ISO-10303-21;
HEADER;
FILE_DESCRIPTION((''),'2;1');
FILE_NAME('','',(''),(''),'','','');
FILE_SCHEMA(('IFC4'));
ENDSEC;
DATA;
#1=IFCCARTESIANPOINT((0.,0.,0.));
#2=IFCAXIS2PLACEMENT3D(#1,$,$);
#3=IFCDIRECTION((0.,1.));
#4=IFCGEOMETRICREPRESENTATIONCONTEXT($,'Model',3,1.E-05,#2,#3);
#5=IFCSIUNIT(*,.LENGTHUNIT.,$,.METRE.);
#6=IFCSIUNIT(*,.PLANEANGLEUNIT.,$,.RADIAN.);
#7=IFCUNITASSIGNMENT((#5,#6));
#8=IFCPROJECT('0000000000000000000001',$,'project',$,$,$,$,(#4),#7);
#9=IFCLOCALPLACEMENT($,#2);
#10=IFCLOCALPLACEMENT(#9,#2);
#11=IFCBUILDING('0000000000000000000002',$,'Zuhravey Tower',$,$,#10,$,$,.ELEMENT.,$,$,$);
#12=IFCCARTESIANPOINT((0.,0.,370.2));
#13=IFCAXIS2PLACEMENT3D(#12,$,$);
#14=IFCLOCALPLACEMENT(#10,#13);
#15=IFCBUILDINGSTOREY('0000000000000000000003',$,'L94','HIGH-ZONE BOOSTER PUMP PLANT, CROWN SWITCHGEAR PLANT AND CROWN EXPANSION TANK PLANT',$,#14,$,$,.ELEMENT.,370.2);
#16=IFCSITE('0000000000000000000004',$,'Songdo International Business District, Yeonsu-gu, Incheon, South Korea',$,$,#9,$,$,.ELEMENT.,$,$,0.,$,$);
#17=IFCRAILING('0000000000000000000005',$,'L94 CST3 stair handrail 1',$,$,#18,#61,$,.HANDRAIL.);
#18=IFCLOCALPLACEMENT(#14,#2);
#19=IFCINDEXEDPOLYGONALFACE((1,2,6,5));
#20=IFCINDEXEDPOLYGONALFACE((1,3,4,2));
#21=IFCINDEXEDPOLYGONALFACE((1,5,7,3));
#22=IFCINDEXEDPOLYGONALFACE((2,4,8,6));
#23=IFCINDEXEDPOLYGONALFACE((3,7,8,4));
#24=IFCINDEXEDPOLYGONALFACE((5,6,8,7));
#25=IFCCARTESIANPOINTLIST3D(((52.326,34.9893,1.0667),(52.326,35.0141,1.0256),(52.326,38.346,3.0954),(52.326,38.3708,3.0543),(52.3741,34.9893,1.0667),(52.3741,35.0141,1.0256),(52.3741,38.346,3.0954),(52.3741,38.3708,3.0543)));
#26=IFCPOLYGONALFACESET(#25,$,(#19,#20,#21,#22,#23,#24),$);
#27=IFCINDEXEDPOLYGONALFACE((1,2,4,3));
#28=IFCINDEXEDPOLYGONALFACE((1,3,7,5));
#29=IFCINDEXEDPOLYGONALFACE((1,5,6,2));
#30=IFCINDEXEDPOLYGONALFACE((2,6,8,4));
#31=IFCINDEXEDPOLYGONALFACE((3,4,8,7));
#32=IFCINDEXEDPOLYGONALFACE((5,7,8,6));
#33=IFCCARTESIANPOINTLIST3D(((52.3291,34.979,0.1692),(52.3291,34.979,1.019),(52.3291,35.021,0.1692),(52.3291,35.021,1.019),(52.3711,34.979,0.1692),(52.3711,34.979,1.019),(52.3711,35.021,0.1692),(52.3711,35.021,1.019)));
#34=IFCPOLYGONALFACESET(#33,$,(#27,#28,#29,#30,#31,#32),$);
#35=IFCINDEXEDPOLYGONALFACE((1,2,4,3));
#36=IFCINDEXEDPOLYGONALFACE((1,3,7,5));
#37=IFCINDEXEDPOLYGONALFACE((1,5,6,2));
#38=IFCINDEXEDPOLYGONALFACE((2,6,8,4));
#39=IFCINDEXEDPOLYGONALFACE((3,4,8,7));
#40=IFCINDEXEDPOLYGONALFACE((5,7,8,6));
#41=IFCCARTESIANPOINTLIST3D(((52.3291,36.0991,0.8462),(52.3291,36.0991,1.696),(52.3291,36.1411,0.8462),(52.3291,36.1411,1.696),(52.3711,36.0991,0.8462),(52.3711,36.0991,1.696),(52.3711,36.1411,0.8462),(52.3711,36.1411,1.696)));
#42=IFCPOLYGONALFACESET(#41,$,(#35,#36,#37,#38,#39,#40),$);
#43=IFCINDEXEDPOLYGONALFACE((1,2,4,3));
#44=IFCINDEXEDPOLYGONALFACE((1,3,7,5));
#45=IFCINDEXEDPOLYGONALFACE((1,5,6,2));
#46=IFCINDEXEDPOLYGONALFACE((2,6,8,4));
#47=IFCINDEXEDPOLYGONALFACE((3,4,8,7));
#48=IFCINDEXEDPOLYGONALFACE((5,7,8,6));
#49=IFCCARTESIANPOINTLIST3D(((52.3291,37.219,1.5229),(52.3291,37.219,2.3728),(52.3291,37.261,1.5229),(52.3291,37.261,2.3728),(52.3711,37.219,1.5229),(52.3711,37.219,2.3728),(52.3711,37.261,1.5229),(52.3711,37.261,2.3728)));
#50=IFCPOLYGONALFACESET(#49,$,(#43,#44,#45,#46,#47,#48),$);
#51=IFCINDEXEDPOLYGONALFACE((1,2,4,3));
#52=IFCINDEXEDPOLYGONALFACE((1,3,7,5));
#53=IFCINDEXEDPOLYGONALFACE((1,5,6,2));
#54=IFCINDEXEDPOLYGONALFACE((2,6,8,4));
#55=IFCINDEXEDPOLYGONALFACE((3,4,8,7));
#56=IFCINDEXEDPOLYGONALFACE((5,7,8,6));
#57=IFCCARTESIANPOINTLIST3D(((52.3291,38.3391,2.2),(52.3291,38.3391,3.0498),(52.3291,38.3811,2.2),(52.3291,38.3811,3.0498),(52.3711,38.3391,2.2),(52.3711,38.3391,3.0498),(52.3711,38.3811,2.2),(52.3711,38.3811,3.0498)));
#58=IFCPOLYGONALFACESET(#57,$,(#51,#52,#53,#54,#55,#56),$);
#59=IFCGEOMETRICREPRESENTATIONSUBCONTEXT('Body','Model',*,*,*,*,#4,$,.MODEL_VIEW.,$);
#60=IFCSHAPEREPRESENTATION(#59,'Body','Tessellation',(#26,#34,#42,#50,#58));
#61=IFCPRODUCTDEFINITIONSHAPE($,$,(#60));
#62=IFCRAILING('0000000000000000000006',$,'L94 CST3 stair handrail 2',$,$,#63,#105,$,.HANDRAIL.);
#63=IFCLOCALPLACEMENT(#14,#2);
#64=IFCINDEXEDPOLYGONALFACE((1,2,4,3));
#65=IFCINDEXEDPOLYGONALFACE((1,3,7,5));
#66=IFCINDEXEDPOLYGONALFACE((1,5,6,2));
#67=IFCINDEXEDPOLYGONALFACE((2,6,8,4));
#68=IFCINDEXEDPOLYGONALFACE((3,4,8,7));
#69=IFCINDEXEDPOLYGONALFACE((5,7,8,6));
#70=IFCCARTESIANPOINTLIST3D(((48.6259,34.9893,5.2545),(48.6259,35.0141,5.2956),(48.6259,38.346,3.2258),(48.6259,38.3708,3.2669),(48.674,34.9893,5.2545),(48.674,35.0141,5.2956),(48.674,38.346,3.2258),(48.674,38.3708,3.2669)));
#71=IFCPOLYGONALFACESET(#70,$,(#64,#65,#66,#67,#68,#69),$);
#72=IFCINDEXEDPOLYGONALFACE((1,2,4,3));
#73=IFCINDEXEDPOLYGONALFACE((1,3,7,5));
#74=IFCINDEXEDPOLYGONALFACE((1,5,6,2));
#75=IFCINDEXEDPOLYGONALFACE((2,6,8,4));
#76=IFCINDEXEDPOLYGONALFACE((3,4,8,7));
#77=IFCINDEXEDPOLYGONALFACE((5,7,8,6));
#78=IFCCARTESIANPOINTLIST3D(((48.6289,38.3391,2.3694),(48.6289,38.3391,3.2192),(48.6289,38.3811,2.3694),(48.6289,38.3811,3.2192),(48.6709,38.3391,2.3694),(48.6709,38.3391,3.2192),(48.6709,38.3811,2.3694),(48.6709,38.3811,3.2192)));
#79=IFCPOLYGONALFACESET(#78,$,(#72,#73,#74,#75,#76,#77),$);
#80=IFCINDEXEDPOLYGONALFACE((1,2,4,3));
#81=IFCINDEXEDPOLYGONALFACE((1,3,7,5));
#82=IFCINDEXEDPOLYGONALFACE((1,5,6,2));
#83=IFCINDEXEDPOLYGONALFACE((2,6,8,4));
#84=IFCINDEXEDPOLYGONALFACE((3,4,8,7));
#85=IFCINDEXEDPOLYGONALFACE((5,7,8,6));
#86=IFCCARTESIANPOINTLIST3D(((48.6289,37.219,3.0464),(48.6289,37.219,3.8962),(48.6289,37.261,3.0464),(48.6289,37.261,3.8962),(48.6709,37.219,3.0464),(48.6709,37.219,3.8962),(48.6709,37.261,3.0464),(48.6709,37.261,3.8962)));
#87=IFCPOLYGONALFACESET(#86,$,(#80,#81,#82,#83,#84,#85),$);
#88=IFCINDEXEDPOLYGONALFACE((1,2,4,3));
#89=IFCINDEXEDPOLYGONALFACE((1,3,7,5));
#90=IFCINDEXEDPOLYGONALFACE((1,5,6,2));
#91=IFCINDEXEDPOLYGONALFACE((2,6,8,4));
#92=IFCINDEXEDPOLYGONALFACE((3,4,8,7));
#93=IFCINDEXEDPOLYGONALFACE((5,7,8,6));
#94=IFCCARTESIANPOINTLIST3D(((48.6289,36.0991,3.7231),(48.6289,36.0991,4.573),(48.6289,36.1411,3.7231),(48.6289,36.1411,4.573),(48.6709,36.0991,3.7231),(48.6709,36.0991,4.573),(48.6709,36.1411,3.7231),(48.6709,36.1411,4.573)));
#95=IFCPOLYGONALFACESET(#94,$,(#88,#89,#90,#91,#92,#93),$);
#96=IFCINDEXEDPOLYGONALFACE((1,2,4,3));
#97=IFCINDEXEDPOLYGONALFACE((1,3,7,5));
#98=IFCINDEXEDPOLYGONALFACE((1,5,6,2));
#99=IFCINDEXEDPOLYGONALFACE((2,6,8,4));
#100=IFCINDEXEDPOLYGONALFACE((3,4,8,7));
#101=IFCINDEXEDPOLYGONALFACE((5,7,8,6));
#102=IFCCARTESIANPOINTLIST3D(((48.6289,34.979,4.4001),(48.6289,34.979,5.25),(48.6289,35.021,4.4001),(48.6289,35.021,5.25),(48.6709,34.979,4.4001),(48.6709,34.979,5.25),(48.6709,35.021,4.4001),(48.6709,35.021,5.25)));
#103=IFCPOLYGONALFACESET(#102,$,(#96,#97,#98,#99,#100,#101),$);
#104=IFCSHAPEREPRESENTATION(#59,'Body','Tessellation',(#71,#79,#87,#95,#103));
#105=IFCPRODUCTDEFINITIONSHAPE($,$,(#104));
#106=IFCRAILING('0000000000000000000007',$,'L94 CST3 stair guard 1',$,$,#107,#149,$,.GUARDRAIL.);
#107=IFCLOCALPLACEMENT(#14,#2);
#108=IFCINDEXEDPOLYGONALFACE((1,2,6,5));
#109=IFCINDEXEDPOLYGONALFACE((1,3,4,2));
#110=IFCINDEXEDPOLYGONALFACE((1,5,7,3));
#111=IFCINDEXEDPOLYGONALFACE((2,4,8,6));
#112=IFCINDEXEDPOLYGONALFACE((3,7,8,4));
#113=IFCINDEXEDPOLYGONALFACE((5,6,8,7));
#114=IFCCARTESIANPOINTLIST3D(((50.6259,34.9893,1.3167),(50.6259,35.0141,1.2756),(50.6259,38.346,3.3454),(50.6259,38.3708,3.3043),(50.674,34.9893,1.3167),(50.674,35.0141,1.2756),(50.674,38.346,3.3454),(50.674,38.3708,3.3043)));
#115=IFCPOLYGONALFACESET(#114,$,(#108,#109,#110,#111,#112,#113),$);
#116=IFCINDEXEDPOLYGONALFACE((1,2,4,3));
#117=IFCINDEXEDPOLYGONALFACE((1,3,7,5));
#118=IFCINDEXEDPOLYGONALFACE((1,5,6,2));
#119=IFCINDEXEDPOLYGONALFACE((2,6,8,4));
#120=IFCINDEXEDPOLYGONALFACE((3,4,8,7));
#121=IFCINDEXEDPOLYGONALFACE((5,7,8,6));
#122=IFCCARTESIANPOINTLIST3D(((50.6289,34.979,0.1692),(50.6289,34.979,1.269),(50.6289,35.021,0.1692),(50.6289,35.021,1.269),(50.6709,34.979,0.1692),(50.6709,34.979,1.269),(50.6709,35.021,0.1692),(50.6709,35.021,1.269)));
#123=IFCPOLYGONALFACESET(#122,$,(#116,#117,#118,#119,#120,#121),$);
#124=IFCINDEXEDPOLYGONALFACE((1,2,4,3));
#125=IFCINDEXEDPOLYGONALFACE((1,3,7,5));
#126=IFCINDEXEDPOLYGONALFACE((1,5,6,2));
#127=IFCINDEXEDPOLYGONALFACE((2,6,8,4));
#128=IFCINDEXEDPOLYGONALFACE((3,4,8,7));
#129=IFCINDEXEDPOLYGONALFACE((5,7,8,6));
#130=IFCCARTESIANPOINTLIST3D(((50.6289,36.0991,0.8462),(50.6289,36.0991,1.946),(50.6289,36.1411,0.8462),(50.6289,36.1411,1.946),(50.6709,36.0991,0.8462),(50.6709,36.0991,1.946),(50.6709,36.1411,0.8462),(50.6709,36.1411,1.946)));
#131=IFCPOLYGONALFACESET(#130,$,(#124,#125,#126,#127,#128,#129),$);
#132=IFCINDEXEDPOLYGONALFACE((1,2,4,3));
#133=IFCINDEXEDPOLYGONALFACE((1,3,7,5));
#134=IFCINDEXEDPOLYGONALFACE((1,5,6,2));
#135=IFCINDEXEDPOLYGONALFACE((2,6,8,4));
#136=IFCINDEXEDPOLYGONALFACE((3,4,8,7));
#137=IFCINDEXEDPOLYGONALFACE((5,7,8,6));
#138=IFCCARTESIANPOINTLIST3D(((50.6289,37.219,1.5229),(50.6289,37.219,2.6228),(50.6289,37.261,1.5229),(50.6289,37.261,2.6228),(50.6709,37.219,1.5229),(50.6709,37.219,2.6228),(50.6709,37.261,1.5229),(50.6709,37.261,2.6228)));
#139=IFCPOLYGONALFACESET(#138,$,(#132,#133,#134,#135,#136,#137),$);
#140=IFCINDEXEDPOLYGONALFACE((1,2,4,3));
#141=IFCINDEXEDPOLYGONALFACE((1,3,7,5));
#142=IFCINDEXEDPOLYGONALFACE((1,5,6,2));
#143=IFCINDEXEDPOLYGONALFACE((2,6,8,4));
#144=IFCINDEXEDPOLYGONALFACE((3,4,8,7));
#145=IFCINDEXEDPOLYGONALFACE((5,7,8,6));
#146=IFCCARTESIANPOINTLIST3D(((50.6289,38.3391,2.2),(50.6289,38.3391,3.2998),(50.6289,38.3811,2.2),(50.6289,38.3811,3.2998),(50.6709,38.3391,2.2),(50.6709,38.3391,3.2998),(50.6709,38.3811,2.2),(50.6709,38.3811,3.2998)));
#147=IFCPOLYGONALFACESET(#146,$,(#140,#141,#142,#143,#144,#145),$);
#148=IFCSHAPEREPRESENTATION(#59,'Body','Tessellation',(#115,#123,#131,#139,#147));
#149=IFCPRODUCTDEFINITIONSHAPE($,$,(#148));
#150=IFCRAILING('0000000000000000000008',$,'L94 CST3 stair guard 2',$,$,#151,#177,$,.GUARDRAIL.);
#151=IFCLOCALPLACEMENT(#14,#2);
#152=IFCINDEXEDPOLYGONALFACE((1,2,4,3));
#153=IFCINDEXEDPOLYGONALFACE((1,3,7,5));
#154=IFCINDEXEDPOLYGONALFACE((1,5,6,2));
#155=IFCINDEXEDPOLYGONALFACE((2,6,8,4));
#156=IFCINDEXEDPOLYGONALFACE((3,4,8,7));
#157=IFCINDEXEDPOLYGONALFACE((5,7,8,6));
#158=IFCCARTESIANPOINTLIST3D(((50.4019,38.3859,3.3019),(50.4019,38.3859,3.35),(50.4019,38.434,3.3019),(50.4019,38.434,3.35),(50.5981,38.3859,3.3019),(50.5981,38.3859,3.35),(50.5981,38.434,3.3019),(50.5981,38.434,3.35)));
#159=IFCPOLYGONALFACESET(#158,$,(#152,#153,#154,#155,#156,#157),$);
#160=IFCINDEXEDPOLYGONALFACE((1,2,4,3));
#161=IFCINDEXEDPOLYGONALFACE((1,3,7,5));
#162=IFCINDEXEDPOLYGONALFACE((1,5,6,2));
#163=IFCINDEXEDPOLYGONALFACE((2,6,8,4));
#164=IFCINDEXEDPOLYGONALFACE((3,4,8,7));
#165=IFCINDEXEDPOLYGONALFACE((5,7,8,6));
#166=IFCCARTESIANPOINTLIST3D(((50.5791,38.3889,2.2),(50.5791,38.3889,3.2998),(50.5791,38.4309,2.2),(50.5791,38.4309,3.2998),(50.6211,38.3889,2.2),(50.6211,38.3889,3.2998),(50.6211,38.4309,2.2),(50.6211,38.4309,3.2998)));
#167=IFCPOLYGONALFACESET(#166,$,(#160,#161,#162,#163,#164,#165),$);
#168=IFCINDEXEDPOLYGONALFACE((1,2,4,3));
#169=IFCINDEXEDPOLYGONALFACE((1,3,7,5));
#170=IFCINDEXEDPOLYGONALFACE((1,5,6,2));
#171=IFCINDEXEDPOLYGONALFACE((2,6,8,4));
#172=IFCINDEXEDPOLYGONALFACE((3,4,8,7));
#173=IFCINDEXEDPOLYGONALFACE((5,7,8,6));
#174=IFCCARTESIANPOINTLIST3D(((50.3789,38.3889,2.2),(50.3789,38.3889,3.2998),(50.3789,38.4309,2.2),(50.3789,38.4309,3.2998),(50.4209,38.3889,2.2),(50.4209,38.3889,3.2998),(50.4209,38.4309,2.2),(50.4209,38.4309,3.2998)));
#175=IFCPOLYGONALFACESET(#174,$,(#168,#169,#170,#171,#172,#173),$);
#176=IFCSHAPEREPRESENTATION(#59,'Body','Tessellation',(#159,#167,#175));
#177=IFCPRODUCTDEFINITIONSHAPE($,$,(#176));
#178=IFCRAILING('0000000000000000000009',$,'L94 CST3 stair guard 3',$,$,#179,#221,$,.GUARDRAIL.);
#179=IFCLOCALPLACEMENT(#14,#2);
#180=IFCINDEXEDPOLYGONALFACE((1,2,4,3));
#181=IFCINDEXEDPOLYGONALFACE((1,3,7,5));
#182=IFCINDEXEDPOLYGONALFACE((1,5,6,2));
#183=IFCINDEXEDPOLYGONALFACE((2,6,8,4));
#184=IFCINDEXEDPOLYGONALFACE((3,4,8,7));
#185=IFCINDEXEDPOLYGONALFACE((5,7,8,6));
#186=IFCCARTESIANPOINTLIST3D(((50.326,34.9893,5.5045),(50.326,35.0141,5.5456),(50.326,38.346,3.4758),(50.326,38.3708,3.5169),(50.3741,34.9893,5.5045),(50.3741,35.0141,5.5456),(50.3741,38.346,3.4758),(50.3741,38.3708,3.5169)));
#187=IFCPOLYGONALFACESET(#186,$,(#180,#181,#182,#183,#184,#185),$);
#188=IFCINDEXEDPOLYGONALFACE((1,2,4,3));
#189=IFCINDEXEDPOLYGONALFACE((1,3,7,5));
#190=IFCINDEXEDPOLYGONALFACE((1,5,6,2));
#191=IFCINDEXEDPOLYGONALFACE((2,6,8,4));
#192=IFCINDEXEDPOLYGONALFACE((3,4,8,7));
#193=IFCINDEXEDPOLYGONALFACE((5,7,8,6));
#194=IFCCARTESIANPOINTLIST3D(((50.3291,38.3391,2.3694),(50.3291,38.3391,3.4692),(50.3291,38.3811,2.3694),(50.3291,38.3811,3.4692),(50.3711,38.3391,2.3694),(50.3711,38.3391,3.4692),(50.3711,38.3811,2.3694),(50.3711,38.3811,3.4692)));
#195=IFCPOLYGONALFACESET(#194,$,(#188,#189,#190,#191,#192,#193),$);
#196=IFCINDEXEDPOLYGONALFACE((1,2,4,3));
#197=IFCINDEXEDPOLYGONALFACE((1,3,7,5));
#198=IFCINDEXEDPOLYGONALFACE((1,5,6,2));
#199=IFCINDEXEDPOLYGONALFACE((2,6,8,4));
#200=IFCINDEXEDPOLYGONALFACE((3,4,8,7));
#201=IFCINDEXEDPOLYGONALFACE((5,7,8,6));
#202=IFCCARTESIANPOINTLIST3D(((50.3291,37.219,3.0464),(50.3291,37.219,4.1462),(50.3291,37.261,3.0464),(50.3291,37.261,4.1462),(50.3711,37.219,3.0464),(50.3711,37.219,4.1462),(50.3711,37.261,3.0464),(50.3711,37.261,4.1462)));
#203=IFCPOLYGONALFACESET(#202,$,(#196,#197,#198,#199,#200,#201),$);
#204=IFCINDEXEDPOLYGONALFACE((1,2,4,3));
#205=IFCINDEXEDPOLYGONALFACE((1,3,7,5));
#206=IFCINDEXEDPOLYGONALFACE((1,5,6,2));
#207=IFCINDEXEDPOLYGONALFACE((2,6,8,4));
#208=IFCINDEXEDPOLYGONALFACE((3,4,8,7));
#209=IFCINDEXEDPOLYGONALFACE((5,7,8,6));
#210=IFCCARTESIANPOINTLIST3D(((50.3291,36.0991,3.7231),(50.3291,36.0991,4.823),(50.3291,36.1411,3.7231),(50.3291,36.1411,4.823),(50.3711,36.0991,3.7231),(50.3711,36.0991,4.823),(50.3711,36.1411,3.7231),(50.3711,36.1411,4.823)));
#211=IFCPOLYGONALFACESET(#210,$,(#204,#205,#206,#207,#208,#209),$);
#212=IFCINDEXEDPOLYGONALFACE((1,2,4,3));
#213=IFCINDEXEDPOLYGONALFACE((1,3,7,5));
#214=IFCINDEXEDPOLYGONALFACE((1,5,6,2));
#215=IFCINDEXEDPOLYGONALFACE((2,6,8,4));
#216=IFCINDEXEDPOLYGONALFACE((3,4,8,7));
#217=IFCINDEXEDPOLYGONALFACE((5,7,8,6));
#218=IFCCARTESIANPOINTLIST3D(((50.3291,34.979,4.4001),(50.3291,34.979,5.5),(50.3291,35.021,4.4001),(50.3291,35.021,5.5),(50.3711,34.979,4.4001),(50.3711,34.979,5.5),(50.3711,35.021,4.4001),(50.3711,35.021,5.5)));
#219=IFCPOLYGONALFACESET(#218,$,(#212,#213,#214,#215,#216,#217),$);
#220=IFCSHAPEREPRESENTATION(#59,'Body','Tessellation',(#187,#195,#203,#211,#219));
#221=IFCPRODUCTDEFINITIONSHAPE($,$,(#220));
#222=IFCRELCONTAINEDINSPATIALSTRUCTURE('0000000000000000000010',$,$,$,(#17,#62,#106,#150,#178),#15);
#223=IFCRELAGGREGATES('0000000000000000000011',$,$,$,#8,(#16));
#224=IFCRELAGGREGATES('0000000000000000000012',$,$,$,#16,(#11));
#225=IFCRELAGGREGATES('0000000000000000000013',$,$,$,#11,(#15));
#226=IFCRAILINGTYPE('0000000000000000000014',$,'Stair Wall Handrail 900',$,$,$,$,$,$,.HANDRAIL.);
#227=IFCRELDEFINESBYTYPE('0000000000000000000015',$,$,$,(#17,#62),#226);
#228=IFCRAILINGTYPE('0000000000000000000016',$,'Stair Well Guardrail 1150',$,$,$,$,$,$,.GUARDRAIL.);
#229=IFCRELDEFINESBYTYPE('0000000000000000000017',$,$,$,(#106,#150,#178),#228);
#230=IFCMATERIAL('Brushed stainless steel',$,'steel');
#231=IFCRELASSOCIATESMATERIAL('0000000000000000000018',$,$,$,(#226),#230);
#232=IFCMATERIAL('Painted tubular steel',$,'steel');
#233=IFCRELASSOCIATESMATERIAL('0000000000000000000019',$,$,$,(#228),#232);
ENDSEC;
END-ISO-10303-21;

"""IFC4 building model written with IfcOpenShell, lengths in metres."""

from ifc_helpers import new_model, si_unit, direction, frame, origin, origin_2d, place, context, subcontext, project, spatial, rectangle, extrude, material, type_object, element, save


model = new_model("IFC4")

# Units and contexts
model_context = context("Model", 3, precision=1e-05, world=origin(), true_north=direction((0.0, 1.0)))
body_context = subcontext(model_context, "Body", "Model", "MODEL_VIEW")
ifc_project = project(units=[si_unit("LENGTHUNIT", "METRE"), si_unit("PLANEANGLEUNIT", "RADIAN")], contexts=[model_context])

# Site, building, storey
site_placement = place(None, origin())
site = spatial("IfcSite", under=ifc_project, at=site_placement, Name="Songdo International Business District, Yeonsu-gu, Incheon, South Korea", CompositionType="ELEMENT", RefElevation=0.0)
building_placement = place(site_placement, origin())
building = spatial("IfcBuilding", under=site, at=building_placement, Name="Zuhravey Tower", CompositionType="ELEMENT")
storey_placement = place(building_placement, frame((0.0, 0.0, 370.2)))
storey = spatial("IfcBuildingStorey", under=building, at=storey_placement, Name="L94", Description="HIGH-ZONE BOOSTER PUMP PLANT, CROWN SWITCHGEAR PLANT AND CROWN EXPANSION TANK PLANT", CompositionType="ELEMENT", Elevation=370.2)

# Railings
ifc_material_1 = material(Name="Brushed stainless steel", Category="steel")
railing_type_1 = type_object("IfcRailingType", Name="Stair Wall Handrail 900", PredefinedType="HANDRAIL", material=ifc_material_1)
railing_1_placement = place(storey_placement, frame((52.3501, 35.0, 0.1692)))
element("IfcRailing", 1, at=railing_1_placement, inside=storey, type_object=railing_type_1, Name="L94 CST3 stair handrail 1", PredefinedType="HANDRAIL", context=body_context, shape_type="SweptSolid", body=[
    extrude(rectangle(XDim=0.0481, YDim=0.0481, at=origin_2d()), frame((0.0, 0.0017, 0.877), z_axis=(0.0, 0.855837, 0.517246), x_axis=(-1.0, 0.0, 0.0)), (0.0, 0.0, 1.0), 3.9221),
    extrude(rectangle(XDim=0.042, YDim=0.042, at=origin_2d()), origin(), (0.0, 0.0, 1.0), 0.8499),
    extrude(rectangle(XDim=0.042, YDim=0.042, at=origin_2d()), frame((0.0, 1.1201, 0.677)), (0.0, 0.0, 1.0), 0.8499),
    extrude(rectangle(XDim=0.042, YDim=0.042, at=origin_2d()), frame((0.0, 2.24, 1.3538)), (0.0, 0.0, 1.0), 0.8499),
    extrude(rectangle(XDim=0.042, YDim=0.042, at=origin_2d()), frame((0.0, 3.3601, 2.0308)), (0.0, 0.0, 1.0), 0.8499),
])
railing_2_placement = place(storey_placement, frame((48.6499, 38.3601, 2.3694)))
element("IfcRailing", 2, at=railing_2_placement, inside=storey, type_object=railing_type_1, Name="L94 CST3 stair handrail 2", PredefinedType="HANDRAIL", context=body_context, shape_type="SweptSolid", body=[
    extrude(rectangle(XDim=0.0481, YDim=0.0481, at=origin_2d()), frame((0.0, -0.0017, 0.877), z_axis=(0.0, -0.855837, 0.517246), x_axis=(1.0, 0.0, 0.0)), (0.0, 0.0, 1.0), 3.9221),
    extrude(rectangle(XDim=0.042, YDim=0.042, at=origin_2d()), origin(), (0.0, 0.0, 1.0), 0.8499),
    extrude(rectangle(XDim=0.042, YDim=0.042, at=origin_2d()), frame((0.0, -1.1201, 0.677)), (0.0, 0.0, 1.0), 0.8499),
    extrude(rectangle(XDim=0.042, YDim=0.042, at=origin_2d()), frame((0.0, -2.24, 1.3538)), (0.0, 0.0, 1.0), 0.8499),
    extrude(rectangle(XDim=0.042, YDim=0.042, at=origin_2d()), frame((0.0, -3.3601, 2.0308)), (0.0, 0.0, 1.0), 0.8499),
])
ifc_material_2 = material(Name="Painted tubular steel", Category="steel")
railing_type_2 = type_object("IfcRailingType", Name="Stair Well Guardrail 1150", PredefinedType="GUARDRAIL", material=ifc_material_2)
railing_3_placement = place(storey_placement, frame((50.6499, 35.0, 0.1692)))
element("IfcRailing", 3, at=railing_3_placement, inside=storey, type_object=railing_type_2, Name="L94 CST3 stair guard 1", PredefinedType="GUARDRAIL", context=body_context, shape_type="SweptSolid", body=[
    extrude(rectangle(XDim=0.0481, YDim=0.0481, at=origin_2d()), frame((0.0, 0.0017, 1.127), z_axis=(0.0, 0.855837, 0.517246), x_axis=(-1.0, 0.0, 0.0)), (0.0, 0.0, 1.0), 3.9221),
    extrude(rectangle(XDim=0.042, YDim=0.042, at=origin_2d()), origin(), (0.0, 0.0, 1.0), 1.0999),
    extrude(rectangle(XDim=0.042, YDim=0.042, at=origin_2d()), frame((0.0, 1.1201, 0.677)), (0.0, 0.0, 1.0), 1.0999),
    extrude(rectangle(XDim=0.042, YDim=0.042, at=origin_2d()), frame((0.0, 2.24, 1.3538)), (0.0, 0.0, 1.0), 1.0999),
    extrude(rectangle(XDim=0.042, YDim=0.042, at=origin_2d()), frame((0.0, 3.3601, 2.0308)), (0.0, 0.0, 1.0), 1.0999),
])
railing_4_placement = place(storey_placement, frame((50.6001, 38.4099, 2.2)))
element("IfcRailing", 4, at=railing_4_placement, inside=storey, type_object=railing_type_2, Name="L94 CST3 stair guard 2", PredefinedType="GUARDRAIL", context=body_context, shape_type="SweptSolid", body=[
    extrude(rectangle(XDim=0.0481, YDim=0.0481, at=origin_2d()), frame((-0.002, 0.0, 1.126), z_axis=(-1.0, 0.0, 0.0), x_axis=(0.0, -1.0, 0.0)), (0.0, 0.0, 1.0), 0.1963),
    extrude(rectangle(XDim=0.042, YDim=0.042, at=origin_2d()), origin(), (0.0, 0.0, 1.0), 1.0999),
    extrude(rectangle(XDim=0.042, YDim=0.042, at=origin_2d()), frame((-0.2002, 0.0, 0.0)), (0.0, 0.0, 1.0), 1.0999),
])
railing_5_placement = place(storey_placement, frame((50.3501, 38.3601, 2.3694)))
element("IfcRailing", 5, at=railing_5_placement, inside=storey, type_object=railing_type_2, Name="L94 CST3 stair guard 3", PredefinedType="GUARDRAIL", context=body_context, shape_type="SweptSolid", body=[
    extrude(rectangle(XDim=0.0481, YDim=0.0481, at=origin_2d()), frame((0.0, -0.0017, 1.127), z_axis=(0.0, -0.855837, 0.517246), x_axis=(1.0, 0.0, 0.0)), (0.0, 0.0, 1.0), 3.9221),
    extrude(rectangle(XDim=0.042, YDim=0.042, at=origin_2d()), origin(), (0.0, 0.0, 1.0), 1.0999),
    extrude(rectangle(XDim=0.042, YDim=0.042, at=origin_2d()), frame((0.0, -1.1201, 0.677)), (0.0, 0.0, 1.0), 1.0999),
    extrude(rectangle(XDim=0.042, YDim=0.042, at=origin_2d()), frame((0.0, -2.24, 1.3538)), (0.0, 0.0, 1.0), 1.0999),
    extrude(rectangle(XDim=0.042, YDim=0.042, at=origin_2d()), frame((0.0, -3.3601, 2.0308)), (0.0, 0.0, 1.0), 1.0999),
])

save(model, "model.ifc")
